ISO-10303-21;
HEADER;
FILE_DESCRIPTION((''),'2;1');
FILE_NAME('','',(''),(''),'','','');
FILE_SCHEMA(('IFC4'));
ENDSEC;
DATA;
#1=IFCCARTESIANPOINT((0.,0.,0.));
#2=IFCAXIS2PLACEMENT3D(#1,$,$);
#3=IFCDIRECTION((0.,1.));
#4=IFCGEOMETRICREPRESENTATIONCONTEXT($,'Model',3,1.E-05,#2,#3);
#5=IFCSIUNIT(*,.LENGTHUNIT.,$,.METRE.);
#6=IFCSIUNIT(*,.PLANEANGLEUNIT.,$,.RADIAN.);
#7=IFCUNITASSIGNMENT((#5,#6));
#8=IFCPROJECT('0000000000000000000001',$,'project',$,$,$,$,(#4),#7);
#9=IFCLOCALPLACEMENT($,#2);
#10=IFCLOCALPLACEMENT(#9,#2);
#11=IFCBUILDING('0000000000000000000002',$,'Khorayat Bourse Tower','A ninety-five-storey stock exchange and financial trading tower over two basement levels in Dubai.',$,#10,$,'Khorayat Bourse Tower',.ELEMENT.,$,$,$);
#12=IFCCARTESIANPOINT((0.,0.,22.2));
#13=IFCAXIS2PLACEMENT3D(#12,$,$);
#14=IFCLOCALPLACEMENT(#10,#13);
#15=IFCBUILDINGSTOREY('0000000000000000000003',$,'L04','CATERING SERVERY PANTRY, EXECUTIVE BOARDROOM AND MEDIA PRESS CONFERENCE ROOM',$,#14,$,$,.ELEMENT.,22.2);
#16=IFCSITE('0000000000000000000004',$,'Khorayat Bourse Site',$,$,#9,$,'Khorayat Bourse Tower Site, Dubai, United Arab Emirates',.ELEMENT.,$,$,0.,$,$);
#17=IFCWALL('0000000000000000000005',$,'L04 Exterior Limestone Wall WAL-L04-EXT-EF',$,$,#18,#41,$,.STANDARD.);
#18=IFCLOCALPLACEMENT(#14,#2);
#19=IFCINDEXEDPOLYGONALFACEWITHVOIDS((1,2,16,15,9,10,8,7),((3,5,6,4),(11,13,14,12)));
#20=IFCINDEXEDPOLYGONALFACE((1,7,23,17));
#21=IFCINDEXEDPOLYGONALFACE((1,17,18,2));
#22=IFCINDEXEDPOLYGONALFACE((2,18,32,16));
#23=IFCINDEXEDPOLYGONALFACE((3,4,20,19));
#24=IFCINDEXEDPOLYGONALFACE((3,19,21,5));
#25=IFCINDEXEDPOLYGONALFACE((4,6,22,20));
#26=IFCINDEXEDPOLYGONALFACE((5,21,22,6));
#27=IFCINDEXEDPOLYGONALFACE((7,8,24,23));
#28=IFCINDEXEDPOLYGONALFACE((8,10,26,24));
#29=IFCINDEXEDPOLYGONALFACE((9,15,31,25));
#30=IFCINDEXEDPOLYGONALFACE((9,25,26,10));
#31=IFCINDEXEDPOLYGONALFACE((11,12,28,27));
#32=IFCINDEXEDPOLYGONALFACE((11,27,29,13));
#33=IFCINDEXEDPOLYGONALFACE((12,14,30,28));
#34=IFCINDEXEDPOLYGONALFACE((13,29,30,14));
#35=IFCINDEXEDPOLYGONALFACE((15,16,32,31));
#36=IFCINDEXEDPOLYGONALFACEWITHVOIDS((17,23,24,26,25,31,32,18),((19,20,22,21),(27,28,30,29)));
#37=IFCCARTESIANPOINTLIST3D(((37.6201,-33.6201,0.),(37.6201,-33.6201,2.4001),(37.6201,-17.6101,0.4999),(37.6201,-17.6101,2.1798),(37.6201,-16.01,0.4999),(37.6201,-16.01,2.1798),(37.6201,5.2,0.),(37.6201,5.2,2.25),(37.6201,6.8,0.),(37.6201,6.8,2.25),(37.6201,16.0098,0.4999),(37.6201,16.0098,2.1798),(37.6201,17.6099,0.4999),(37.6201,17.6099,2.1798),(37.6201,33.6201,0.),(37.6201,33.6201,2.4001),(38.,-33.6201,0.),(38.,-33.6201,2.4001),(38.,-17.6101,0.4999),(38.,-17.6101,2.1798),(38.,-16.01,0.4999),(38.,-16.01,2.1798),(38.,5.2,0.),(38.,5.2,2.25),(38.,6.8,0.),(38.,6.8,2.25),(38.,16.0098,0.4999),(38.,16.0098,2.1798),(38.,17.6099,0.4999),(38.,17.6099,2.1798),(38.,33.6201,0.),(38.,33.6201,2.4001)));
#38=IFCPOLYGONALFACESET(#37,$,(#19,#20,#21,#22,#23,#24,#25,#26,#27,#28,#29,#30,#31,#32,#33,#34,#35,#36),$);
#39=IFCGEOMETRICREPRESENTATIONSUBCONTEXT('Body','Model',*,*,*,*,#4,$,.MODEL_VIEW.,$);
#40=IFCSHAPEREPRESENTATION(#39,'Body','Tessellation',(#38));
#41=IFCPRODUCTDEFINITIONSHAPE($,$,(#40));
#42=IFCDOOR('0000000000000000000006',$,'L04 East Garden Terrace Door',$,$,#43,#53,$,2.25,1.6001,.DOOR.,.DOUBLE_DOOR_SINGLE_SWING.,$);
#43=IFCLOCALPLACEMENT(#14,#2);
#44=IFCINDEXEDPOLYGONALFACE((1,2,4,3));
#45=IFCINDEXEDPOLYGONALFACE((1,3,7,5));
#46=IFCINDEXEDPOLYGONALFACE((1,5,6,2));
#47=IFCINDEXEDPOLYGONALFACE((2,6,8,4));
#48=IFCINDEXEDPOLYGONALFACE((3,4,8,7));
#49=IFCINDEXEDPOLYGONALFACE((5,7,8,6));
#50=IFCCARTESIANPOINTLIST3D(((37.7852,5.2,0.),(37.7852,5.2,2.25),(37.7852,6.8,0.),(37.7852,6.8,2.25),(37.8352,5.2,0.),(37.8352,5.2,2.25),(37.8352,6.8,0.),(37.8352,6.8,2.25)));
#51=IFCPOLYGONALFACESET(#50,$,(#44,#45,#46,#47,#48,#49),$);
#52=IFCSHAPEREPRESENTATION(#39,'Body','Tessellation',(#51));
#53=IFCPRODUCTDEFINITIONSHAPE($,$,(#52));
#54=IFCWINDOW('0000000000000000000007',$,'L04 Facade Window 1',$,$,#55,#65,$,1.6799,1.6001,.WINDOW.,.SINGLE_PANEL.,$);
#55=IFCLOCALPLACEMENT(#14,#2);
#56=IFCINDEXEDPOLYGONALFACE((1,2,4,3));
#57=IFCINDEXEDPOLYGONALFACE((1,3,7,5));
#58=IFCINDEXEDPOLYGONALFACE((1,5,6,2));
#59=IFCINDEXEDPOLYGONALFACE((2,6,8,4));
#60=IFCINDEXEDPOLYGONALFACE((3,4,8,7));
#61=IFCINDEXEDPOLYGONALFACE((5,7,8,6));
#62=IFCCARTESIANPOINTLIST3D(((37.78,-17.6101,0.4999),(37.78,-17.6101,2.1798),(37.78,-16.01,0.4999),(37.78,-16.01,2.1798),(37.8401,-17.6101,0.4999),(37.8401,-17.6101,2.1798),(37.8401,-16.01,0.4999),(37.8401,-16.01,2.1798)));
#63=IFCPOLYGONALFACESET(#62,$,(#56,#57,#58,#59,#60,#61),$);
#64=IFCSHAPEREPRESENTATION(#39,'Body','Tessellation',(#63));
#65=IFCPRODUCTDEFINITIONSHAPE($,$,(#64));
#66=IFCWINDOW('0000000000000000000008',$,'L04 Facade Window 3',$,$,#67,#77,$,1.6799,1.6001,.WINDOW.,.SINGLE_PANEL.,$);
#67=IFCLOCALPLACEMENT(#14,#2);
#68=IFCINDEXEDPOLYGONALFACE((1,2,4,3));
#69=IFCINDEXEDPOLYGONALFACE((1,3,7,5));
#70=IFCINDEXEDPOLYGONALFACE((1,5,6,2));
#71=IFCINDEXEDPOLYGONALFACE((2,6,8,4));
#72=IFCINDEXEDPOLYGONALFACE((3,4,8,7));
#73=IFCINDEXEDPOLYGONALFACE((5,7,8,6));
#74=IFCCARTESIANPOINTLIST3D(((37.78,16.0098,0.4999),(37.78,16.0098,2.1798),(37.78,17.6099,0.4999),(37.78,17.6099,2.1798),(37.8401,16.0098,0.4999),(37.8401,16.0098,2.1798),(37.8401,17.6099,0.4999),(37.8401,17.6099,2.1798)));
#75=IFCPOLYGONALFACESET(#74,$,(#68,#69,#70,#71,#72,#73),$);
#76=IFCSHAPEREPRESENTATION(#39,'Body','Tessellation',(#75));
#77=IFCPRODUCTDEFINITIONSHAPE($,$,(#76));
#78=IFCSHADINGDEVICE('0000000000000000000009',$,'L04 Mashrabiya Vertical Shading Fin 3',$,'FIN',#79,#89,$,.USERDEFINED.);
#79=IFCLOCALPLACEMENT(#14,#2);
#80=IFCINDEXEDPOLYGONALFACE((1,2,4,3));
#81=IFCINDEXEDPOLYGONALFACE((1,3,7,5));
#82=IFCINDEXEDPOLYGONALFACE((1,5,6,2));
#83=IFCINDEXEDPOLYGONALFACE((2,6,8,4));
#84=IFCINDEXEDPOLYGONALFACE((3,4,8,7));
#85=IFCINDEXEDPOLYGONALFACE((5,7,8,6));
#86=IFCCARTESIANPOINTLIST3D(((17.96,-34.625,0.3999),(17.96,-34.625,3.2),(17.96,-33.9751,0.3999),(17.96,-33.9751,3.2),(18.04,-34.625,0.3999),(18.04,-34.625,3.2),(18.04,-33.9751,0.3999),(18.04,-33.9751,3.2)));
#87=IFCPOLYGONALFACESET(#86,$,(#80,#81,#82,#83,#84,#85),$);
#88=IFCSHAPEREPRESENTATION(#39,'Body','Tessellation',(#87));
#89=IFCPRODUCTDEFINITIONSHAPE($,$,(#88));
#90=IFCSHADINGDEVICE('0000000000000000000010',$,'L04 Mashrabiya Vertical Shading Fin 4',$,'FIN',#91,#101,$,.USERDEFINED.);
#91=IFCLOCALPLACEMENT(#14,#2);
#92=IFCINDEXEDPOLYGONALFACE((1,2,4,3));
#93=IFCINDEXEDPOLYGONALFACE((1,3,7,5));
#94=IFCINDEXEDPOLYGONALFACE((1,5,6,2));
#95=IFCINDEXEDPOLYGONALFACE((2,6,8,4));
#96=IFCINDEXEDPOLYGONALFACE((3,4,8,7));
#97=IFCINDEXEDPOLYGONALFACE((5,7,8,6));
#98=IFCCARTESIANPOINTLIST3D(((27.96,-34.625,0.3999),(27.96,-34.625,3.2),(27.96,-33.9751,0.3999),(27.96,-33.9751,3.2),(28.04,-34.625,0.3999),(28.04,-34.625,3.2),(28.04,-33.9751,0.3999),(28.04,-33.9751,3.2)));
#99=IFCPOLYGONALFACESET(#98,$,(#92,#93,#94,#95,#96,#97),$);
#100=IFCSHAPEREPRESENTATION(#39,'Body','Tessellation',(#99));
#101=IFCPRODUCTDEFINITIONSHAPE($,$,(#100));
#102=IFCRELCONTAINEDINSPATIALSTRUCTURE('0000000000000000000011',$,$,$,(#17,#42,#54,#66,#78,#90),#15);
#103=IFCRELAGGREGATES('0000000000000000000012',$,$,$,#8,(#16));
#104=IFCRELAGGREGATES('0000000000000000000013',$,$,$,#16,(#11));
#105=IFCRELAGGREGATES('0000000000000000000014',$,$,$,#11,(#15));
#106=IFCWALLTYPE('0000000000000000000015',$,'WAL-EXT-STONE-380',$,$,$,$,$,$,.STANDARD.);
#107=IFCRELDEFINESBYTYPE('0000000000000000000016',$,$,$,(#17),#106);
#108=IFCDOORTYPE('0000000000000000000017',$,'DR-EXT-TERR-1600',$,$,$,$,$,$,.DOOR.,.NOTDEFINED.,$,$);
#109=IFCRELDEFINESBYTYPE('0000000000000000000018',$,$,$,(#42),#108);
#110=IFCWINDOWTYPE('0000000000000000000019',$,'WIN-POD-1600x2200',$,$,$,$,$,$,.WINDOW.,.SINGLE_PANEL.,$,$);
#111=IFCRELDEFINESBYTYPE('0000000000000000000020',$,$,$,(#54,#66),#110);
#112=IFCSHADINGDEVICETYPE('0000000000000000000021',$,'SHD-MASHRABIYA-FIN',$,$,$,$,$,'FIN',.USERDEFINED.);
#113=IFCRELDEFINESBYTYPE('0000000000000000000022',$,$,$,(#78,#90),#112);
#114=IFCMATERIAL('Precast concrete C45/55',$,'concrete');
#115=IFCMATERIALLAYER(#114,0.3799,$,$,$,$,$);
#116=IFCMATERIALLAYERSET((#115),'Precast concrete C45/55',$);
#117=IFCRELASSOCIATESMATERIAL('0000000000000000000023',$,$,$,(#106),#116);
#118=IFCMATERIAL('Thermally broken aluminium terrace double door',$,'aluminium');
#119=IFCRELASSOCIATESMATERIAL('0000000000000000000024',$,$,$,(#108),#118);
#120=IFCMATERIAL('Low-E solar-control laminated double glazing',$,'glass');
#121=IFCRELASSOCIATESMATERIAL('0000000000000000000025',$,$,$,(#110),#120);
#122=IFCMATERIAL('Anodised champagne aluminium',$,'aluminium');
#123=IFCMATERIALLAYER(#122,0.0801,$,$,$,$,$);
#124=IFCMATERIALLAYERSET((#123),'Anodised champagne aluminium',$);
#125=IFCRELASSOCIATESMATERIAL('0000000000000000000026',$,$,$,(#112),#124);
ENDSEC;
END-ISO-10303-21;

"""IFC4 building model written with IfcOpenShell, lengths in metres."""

from ifc_helpers import new_model, si_unit, direction, frame, frame_2d, origin, origin_2d, place, context, subcontext, project, spatial, rectangle, extrude, source, transform, mapped, material, layer, layer_set, type_object, element, fill, save


model = new_model("IFC4")

# Units and contexts
model_context = context("Model", 3, precision=1e-05, world=origin(), true_north=direction((0.0, 1.0)))
body_context = subcontext(model_context, "Body", "Model", "MODEL_VIEW")
ifc_project = project(units=[si_unit("LENGTHUNIT", "METRE"), si_unit("PLANEANGLEUNIT", "RADIAN")], contexts=[model_context])

# Site, building, storey
site_placement = place(None, origin())
site = spatial("IfcSite", under=ifc_project, at=site_placement, Name="Khorayat Bourse Site", LongName="Khorayat Bourse Tower Site, Dubai, United Arab Emirates", CompositionType="ELEMENT", RefElevation=0.0)
building_placement = place(site_placement, origin())
building = spatial("IfcBuilding", under=site, at=building_placement, Name="Khorayat Bourse Tower", Description="A ninety-five-storey stock exchange and financial trading tower over two basement levels in Dubai.", LongName="Khorayat Bourse Tower", CompositionType="ELEMENT")
storey_placement = place(building_placement, frame((0.0, 0.0, 22.2)))
storey = spatial("IfcBuildingStorey", under=building, at=storey_placement, Name="L04", Description="CATERING SERVERY PANTRY, EXECUTIVE BOARDROOM AND MEDIA PRESS CONFERENCE ROOM", CompositionType="ELEMENT", Elevation=22.2)

# Wall, openings, door, windows
ifc_material_1 = material(Name="Precast concrete C45/55", Category="concrete")
ifc_layer_1 = layer(ifc_material_1, 0.3799)
ifc_layer_set_1 = layer_set([ifc_layer_1], Name="Precast concrete C45/55")
wall_type = type_object("IfcWallType", Name="WAL-EXT-STONE-380", PredefinedType="STANDARD", material=ifc_layer_set_1)
shared_shape_1 = source(origin(), body_context, "Body", "SweptSolid", [
    extrude(rectangle(XDim=67.2402, YDim=0.3799, at=frame_2d((33.6201, 0.0))), origin(), (0.0, 0.0, 1.0), 2.4001),
])
wall_placement = place(storey_placement, frame((37.8101, -33.6201, 0.0), z_axis=(0.0, 0.0, 1.0), x_axis=(0.0, 1.0, 0.0)))
wall = element("IfcWall", 1, at=wall_placement, inside=storey, type_object=wall_type, Name="L04 Exterior Limestone Wall WAL-L04-EXT-EF", PredefinedType="STANDARD", context=body_context, shape_type="MappedRepresentation", body=[
    mapped(shared_shape_1, transform((0.0, 0.0, 0.0), scale=1.0)),
])
shared_shape_2 = source(origin(), body_context, "Body", "SweptSolid", [
    extrude(rectangle(XDim=1.6001, YDim=2.25, at=frame_2d((0.8, 1.125))), frame((0.0, 0.2, 0.0), z_axis=(0.0, -1.0, 0.0), x_axis=(1.0, 0.0, 0.0)), (0.0, 0.0, 1.0), 0.3999),
])
opening_1_placement = place(wall_placement, frame((38.8201, 0.0, 0.0)))
opening_1 = element("IfcOpeningElement", 2, at=opening_1_placement, cuts=wall, PredefinedType="OPENING", context=body_context, shape_type="MappedRepresentation", body=[
    mapped(shared_shape_2, transform((0.0, 0.0, 0.0), scale=1.0)),
])
shared_shape_3 = source(origin(), body_context, "Body", "SweptSolid", [
    extrude(rectangle(XDim=1.6001, YDim=1.6799, at=frame_2d((0.8, 0.8398))), frame((0.0, 0.2, 0.0), z_axis=(0.0, -1.0, 0.0), x_axis=(1.0, 0.0, 0.0)), (0.0, 0.0, 1.0), 0.3999),
])
opening_2_placement = place(wall_placement, frame((16.01, 0.0, 0.5)))
opening_2 = element("IfcOpeningElement", 3, at=opening_2_placement, cuts=wall, PredefinedType="OPENING", context=body_context, shape_type="MappedRepresentation", body=[
    mapped(shared_shape_3, transform((0.0, 0.0, 0.0), scale=1.0)),
])
opening_3_placement = place(wall_placement, frame((49.6299, 0.0, 0.5)))
opening_3 = element("IfcOpeningElement", 4, at=opening_3_placement, cuts=wall, PredefinedType="OPENING", context=body_context, shape_type="MappedRepresentation", body=[
    mapped(shared_shape_3, transform((0.0, 0.0, 0.0), scale=1.0)),
])
ifc_material_2 = material(Name="Thermally broken aluminium terrace double door", Category="aluminium")
door_type = type_object("IfcDoorType", Name="DR-EXT-TERR-1600", OperationType="NOTDEFINED", PredefinedType="DOOR", material=ifc_material_2)
shared_shape_4 = source(origin(), body_context, "Body", "SweptSolid", [
    extrude(rectangle(XDim=1.6001, YDim=2.25, at=frame_2d((0.8, 1.125))), frame((0.0, 0.0249, 0.0), z_axis=(0.0, -1.0, 0.0), x_axis=(1.0, 0.0, 0.0)), (0.0, 0.0, 1.0), 0.05),
])
door_placement = place(opening_1_placement, origin())
door = element("IfcDoor", 5, at=door_placement, inside=storey, type_object=door_type, Name="L04 East Garden Terrace Door", OperationType="DOUBLE_DOOR_SINGLE_SWING", OverallHeight=2.25, OverallWidth=1.6001, PredefinedType="DOOR", context=body_context, shape_type="MappedRepresentation", body=[
    mapped(shared_shape_4, transform((0.0, 0.0, 0.0), scale=1.0)),
])
fill(opening_1, door)
ifc_material_3 = material(Name="Low-E solar-control laminated double glazing", Category="glass")
window_type = type_object("IfcWindowType", Name="WIN-POD-1600x2200", PartitioningType="SINGLE_PANEL", PredefinedType="WINDOW", material=ifc_material_3)
shared_shape_5 = source(origin(), body_context, "Body", "SweptSolid", [
    extrude(rectangle(XDim=1.6001, YDim=1.6799, at=frame_2d((0.8, 0.8398))), frame((0.0, 0.03, 0.0), z_axis=(0.0, -1.0, 0.0), x_axis=(1.0, 0.0, 0.0)), (0.0, 0.0, 1.0), 0.0601),
])
window_1_placement = place(opening_2_placement, origin())
window_1 = element("IfcWindow", 6, at=window_1_placement, inside=storey, type_object=window_type, Name="L04 Facade Window 1", OverallHeight=1.6799, OverallWidth=1.6001, PartitioningType="SINGLE_PANEL", PredefinedType="WINDOW", context=body_context, shape_type="MappedRepresentation", body=[
    mapped(shared_shape_5, transform((0.0, 0.0, 0.0), scale=1.0)),
])
fill(opening_2, window_1)
window_2_placement = place(opening_3_placement, origin())
window_2 = element("IfcWindow", 7, at=window_2_placement, inside=storey, type_object=window_type, Name="L04 Facade Window 3", OverallHeight=1.6799, OverallWidth=1.6001, PartitioningType="SINGLE_PANEL", PredefinedType="WINDOW", context=body_context, shape_type="MappedRepresentation", body=[
    mapped(shared_shape_5, transform((0.0, 0.0, 0.0), scale=1.0)),
])
fill(opening_3, window_2)

# Shading devices
ifc_material_4 = material(Name="Anodised champagne aluminium", Category="aluminium")
ifc_layer_2 = layer(ifc_material_4, 0.0801)
ifc_layer_set_2 = layer_set([ifc_layer_2], Name="Anodised champagne aluminium")
shading_device_type = type_object("IfcShadingDeviceType", Name="SHD-MASHRABIYA-FIN", ElementType="FIN", PredefinedType="USERDEFINED", material=ifc_layer_set_2)
shared_shape_6 = source(origin(), body_context, "Body", "SweptSolid", [
    extrude(rectangle(XDim=0.0801, YDim=0.6499, at=origin_2d()), origin(), (0.0, 0.0, 1.0), 2.8),
])
for number, where, z_axis, x_axis, name in (
    (8, (18.0, -34.3, 0.3999), (0.0, 0.0, 1.0), (1.0, 0.0, 0.0), "L04 Mashrabiya Vertical Shading Fin 3"),
    (9, (28.0, -34.3, 0.3999), (0.0, 0.0, 1.0), (1.0, 0.0, 0.0), "L04 Mashrabiya Vertical Shading Fin 4"),
):
    element("IfcShadingDevice", number, at=place(storey_placement, frame(where, z_axis=z_axis, x_axis=x_axis)), inside=storey, type_object=shading_device_type, Name=name, ObjectType="FIN", PredefinedType="USERDEFINED", context=body_context, shape_type="MappedRepresentation", body=[
        mapped(shared_shape_6, transform((0.0, 0.0, 0.0), scale=1.0)),
    ])

save(model, "model.ifc")
